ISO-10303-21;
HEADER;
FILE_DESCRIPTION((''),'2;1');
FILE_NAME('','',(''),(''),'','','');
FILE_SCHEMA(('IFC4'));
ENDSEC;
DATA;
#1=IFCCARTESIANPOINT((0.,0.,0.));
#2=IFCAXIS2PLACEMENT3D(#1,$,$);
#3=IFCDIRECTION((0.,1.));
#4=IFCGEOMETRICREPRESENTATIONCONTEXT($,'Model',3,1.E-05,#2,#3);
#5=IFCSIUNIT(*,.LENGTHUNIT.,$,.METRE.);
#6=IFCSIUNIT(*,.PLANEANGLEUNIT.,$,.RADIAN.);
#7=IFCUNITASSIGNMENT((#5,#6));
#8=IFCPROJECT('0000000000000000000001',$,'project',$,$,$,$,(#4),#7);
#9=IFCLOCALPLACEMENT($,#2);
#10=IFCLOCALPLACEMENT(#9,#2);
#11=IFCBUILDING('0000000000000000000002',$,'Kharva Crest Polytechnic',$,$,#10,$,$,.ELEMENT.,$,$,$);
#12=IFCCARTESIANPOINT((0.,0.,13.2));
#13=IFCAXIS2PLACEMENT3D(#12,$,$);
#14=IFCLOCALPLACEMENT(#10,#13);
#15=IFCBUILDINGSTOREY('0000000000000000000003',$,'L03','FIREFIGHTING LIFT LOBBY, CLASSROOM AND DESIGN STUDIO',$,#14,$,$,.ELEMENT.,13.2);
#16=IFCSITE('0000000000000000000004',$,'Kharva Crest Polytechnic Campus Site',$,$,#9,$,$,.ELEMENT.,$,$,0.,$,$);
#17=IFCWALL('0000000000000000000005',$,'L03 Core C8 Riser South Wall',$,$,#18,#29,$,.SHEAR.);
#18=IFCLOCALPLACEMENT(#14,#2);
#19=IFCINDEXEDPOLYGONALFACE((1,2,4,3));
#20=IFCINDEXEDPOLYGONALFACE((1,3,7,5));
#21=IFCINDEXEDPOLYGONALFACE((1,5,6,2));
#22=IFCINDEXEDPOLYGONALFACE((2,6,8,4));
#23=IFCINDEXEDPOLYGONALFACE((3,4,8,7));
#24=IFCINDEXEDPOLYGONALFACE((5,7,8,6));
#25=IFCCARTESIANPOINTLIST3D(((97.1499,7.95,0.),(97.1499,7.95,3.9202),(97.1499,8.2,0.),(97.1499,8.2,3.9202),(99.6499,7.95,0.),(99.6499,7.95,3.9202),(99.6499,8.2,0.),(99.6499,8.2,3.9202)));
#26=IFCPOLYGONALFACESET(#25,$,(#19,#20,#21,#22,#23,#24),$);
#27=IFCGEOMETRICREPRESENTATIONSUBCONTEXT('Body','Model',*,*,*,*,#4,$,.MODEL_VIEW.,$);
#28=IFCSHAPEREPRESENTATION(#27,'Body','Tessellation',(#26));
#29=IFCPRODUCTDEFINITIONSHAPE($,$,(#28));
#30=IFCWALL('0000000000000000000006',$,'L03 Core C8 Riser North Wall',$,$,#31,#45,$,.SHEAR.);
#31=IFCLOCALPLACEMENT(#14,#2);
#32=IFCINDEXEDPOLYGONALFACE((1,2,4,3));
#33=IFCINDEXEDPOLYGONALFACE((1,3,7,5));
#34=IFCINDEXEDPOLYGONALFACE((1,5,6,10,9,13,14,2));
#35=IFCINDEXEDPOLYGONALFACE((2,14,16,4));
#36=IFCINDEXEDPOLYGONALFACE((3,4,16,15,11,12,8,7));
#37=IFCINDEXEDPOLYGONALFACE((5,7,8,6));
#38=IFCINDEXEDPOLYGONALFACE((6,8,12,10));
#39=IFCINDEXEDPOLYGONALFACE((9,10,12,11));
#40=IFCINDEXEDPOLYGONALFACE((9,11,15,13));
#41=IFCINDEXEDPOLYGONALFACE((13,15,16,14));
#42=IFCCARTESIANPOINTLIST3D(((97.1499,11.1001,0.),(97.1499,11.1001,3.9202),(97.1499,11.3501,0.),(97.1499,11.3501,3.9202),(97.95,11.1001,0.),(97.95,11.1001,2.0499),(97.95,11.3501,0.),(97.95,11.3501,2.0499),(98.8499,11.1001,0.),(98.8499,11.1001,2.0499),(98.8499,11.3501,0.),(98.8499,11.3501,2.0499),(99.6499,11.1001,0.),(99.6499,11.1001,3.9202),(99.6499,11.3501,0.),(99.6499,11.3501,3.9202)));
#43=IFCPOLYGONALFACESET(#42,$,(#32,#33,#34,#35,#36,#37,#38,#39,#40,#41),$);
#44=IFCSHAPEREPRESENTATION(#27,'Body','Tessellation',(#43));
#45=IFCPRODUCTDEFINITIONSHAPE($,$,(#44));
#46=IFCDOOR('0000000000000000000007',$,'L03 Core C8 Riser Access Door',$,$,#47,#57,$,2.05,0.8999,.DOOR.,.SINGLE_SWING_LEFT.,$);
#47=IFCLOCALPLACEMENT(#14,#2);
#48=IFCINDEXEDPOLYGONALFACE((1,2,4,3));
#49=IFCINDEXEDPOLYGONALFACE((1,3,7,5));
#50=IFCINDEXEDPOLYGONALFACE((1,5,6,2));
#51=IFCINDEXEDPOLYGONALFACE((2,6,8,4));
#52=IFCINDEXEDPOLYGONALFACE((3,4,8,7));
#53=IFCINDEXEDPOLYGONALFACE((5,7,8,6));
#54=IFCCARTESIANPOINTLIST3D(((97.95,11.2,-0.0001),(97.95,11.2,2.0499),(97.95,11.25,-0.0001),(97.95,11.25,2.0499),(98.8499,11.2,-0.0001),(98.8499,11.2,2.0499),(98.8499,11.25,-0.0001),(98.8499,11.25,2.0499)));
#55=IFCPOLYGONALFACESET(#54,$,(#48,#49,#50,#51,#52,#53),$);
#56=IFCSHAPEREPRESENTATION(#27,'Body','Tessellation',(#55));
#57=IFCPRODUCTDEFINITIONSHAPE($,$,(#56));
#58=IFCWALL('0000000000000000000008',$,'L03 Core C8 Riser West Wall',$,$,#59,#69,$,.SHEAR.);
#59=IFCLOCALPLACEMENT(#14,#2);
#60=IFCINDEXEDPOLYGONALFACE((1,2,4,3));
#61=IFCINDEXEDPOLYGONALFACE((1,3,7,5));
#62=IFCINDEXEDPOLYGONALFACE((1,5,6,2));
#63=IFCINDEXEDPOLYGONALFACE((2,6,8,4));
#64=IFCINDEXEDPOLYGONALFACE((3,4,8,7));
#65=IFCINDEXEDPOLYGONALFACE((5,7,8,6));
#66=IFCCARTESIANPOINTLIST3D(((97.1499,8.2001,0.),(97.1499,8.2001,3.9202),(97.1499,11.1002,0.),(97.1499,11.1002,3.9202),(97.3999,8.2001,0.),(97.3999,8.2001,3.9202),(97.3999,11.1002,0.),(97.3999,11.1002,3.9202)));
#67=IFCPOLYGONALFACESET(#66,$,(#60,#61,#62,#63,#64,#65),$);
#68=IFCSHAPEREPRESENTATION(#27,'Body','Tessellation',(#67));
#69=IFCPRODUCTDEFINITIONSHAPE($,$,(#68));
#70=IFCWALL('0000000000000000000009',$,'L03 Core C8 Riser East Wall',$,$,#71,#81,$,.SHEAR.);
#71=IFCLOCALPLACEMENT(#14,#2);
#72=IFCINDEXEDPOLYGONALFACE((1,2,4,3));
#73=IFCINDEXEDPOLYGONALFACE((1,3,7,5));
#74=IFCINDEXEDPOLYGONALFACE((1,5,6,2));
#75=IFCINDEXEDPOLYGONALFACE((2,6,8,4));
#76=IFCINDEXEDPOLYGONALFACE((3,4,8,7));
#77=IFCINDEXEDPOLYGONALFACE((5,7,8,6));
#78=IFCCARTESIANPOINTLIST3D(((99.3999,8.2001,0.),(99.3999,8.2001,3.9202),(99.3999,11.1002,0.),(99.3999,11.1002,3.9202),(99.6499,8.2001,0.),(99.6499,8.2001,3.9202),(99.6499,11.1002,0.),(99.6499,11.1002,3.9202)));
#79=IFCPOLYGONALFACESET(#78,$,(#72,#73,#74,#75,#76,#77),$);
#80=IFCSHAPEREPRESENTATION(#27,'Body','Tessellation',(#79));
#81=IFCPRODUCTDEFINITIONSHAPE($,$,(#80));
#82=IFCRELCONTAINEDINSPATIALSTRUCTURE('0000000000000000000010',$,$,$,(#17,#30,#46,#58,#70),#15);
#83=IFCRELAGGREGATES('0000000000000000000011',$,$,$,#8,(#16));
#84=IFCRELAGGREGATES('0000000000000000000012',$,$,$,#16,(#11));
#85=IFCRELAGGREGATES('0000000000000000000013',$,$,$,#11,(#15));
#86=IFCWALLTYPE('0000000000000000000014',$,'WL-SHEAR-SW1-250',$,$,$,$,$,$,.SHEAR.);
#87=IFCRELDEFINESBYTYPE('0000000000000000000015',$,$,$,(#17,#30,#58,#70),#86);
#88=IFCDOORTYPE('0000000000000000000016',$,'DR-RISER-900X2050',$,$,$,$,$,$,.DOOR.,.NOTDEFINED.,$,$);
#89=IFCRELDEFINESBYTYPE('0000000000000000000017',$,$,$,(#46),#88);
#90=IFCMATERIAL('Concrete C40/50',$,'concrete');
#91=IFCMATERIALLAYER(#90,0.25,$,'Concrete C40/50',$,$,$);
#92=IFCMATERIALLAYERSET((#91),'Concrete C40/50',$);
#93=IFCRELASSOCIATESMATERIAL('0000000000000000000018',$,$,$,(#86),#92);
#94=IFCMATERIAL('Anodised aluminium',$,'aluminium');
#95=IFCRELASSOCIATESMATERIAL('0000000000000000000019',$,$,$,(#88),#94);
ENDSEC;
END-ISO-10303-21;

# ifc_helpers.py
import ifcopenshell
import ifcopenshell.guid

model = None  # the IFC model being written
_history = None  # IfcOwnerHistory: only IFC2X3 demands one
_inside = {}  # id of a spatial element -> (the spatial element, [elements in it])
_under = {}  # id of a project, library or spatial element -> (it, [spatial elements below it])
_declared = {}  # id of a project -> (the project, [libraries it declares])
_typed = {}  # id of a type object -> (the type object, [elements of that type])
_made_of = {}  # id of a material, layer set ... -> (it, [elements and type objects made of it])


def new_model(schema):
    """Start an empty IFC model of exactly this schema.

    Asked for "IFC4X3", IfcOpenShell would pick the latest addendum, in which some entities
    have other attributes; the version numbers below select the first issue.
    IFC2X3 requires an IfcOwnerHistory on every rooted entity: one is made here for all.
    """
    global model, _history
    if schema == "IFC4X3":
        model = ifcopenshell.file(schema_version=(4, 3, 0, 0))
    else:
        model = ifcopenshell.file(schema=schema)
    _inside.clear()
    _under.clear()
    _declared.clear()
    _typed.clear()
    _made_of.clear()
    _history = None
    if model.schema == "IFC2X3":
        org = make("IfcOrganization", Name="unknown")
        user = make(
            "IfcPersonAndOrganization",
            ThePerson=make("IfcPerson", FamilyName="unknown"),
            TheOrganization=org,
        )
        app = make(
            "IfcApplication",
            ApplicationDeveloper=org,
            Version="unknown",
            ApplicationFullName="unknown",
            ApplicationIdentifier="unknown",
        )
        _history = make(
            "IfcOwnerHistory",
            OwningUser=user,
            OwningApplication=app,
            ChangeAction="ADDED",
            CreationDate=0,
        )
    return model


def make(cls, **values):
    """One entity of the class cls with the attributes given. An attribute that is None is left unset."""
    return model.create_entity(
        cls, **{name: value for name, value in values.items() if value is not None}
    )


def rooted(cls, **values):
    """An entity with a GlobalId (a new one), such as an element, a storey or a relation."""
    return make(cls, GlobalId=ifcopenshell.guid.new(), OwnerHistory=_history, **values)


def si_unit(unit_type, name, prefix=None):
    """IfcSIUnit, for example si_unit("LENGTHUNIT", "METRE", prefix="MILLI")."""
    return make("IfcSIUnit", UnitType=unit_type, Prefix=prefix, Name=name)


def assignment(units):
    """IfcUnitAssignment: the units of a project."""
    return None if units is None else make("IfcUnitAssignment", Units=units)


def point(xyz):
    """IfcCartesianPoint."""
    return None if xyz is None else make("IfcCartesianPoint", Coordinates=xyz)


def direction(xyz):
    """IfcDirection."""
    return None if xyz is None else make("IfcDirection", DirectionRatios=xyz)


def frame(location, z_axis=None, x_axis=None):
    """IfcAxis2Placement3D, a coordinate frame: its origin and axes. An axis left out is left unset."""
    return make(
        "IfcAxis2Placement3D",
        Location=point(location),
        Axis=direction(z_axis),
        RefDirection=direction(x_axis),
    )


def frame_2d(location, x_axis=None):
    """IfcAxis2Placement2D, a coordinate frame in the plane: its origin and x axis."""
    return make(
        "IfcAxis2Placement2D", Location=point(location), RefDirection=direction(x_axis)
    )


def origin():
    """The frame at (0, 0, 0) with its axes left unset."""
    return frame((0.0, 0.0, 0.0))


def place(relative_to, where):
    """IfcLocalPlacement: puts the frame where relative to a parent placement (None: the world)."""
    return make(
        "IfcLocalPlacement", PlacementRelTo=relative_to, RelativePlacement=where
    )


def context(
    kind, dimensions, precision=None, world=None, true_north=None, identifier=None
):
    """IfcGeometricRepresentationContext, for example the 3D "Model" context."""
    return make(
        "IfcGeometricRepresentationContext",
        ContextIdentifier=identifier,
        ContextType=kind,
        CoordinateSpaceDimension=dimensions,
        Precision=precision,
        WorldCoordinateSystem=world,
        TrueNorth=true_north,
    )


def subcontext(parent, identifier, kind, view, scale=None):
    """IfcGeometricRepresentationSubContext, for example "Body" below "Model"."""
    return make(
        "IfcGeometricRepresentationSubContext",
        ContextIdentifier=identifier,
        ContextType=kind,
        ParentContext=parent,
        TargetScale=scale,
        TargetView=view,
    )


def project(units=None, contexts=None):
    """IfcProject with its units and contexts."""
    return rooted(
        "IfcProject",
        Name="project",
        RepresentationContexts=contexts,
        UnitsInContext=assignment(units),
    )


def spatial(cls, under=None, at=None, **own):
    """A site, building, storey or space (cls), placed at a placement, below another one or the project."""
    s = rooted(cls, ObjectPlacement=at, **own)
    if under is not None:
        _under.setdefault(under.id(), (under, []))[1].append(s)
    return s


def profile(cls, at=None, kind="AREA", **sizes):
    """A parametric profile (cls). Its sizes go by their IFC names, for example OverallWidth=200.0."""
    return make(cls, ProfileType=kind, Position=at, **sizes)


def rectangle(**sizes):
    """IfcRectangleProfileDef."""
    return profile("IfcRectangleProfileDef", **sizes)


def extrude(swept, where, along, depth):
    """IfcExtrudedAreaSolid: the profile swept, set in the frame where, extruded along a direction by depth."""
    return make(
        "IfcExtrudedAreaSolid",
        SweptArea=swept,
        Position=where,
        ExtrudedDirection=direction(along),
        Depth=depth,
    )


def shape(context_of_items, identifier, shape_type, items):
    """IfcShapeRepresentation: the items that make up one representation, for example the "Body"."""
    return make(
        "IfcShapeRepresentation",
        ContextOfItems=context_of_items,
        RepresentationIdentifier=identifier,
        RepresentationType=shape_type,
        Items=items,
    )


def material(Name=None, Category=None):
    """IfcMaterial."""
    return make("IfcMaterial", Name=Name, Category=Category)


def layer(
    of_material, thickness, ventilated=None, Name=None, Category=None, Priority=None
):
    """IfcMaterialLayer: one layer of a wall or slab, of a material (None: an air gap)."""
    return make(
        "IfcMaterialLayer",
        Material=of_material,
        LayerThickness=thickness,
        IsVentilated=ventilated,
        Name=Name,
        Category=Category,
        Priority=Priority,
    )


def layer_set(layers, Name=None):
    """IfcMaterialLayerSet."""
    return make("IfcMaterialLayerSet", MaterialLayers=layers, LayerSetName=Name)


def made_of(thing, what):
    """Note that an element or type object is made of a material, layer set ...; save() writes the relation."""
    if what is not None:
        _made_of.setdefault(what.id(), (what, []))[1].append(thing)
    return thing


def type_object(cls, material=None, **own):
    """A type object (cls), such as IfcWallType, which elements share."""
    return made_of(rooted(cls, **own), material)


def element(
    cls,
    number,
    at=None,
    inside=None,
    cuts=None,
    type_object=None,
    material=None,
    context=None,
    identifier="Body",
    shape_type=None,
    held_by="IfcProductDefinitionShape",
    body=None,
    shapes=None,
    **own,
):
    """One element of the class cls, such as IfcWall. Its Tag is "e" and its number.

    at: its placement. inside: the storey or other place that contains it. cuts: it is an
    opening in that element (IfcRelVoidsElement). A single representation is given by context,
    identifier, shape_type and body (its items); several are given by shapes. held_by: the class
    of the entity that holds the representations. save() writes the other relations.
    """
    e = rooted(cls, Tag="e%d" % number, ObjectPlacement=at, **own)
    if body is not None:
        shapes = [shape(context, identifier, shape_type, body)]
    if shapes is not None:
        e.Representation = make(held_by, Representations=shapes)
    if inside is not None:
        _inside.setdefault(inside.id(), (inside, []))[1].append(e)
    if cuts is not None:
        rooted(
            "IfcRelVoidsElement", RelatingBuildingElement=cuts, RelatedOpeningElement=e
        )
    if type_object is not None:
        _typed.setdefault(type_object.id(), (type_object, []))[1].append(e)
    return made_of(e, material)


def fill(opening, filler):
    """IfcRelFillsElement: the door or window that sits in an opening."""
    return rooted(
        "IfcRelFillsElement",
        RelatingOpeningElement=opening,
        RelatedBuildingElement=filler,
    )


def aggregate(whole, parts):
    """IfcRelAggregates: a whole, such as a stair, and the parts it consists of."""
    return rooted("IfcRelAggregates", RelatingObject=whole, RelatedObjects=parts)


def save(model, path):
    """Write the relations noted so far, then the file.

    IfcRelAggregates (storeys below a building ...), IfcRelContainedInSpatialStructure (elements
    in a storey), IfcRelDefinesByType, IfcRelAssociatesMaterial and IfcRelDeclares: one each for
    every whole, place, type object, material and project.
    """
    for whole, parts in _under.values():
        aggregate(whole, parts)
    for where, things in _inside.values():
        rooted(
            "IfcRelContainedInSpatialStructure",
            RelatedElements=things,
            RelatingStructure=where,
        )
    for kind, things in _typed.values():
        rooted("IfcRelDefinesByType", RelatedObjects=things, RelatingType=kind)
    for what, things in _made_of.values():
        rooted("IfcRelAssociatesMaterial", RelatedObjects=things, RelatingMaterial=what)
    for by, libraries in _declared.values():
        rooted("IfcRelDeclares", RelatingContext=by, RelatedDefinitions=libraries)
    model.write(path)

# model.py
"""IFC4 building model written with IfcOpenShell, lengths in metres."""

from ifc_helpers import new_model, si_unit, direction, frame, frame_2d, origin, place, context, subcontext, project, spatial, rectangle, extrude, material, layer, layer_set, type_object, element, fill, save


model = new_model("IFC4")

# Units and contexts
model_context = context("Model", 3, precision=1e-05, world=origin(), true_north=direction((0.0, 1.0)))
body_context = subcontext(model_context, "Body", "Model", "MODEL_VIEW")
ifc_project = project(units=[si_unit("LENGTHUNIT", "METRE"), si_unit("PLANEANGLEUNIT", "RADIAN")], contexts=[model_context])

# Site, building, storey
site_placement = place(None, origin())
site = spatial("IfcSite", under=ifc_project, at=site_placement, Name="Kharva Crest Polytechnic Campus Site", CompositionType="ELEMENT", RefElevation=0.0)
building_placement = place(site_placement, origin())
building = spatial("IfcBuilding", under=site, at=building_placement, Name="Kharva Crest Polytechnic", CompositionType="ELEMENT")
storey_placement = place(building_placement, frame((0.0, 0.0, 13.2)))
storey = spatial("IfcBuildingStorey", under=building, at=storey_placement, Name="L03", Description="FIREFIGHTING LIFT LOBBY, CLASSROOM AND DESIGN STUDIO", CompositionType="ELEMENT", Elevation=13.2)

# Shared definitions
ifc_material_1 = material(Name="Concrete C40/50", Category="concrete")

# Shared definitions
ifc_material_2 = material(Name="Anodised aluminium", Category="aluminium")

# Wall
ifc_layer_1 = layer(ifc_material_1, 0.25, Name="Concrete C40/50")
ifc_layer_set_1 = layer_set([ifc_layer_1], Name="Concrete C40/50")
wall_type_1 = type_object("IfcWallType", Name="WL-SHEAR-SW1-250", PredefinedType="SHEAR", material=ifc_layer_set_1)
wall_1_placement = place(storey_placement, frame((97.1499, 8.075, 0.0), z_axis=(0.0, 0.0, 1.0), x_axis=(1.0, 0.0, 0.0)))
element("IfcWall", 1, at=wall_1_placement, inside=storey, type_object=wall_type_1, Name="L03 Core C8 Riser South Wall", PredefinedType="SHEAR", context=body_context, shape_type="SweptSolid", body=[
    extrude(rectangle(XDim=2.5, YDim=0.25, at=frame_2d((1.25, 0.0))), origin(), (0.0, 0.0, 1.0), 3.9202),
])

# Wall, opening, door
wall_2_placement = place(storey_placement, frame((97.1499, 11.2251, 0.0), z_axis=(0.0, 0.0, 1.0), x_axis=(1.0, 0.0, 0.0)))
wall_2 = element("IfcWall", 2, at=wall_2_placement, inside=storey, type_object=wall_type_1, Name="L03 Core C8 Riser North Wall", PredefinedType="SHEAR", context=body_context, shape_type="SweptSolid", body=[
    extrude(rectangle(XDim=2.5, YDim=0.25, at=frame_2d((1.25, 0.0))), origin(), (0.0, 0.0, 1.0), 3.9202),
])
opening_1_placement = place(wall_2_placement, frame((0.8, 0.0, 0.0)))
opening_1 = element("IfcOpeningElement", 3, at=opening_1_placement, cuts=wall_2, PredefinedType="OPENING", context=body_context, shape_type="SweptSolid", body=[
    extrude(rectangle(XDim=0.8999, YDim=2.05, at=frame_2d((0.45, 1.0249))), frame((0.0, 0.135, 0.0), z_axis=(0.0, -1.0, 0.0), x_axis=(1.0, 0.0, 0.0)), (0.0, 0.0, 1.0), 0.27),
])
door_type_1 = type_object("IfcDoorType", Name="DR-RISER-900X2050", OperationType="NOTDEFINED", PredefinedType="DOOR", material=ifc_material_2)
door_1_placement = place(opening_1_placement, origin())
door_1 = element("IfcDoor", 4, at=door_1_placement, inside=storey, type_object=door_type_1, Name="L03 Core C8 Riser Access Door", OperationType="SINGLE_SWING_LEFT", OverallHeight=2.05, OverallWidth=0.8999, PredefinedType="DOOR", context=body_context, shape_type="SweptSolid", body=[
    extrude(rectangle(XDim=0.8999, YDim=2.05, at=frame_2d((0.45, 1.0249))), frame((0.0, 0.0249, 0.0), z_axis=(0.0, -1.0, 0.0), x_axis=(1.0, 0.0, 0.0)), (0.0, 0.0, 1.0), 0.05),
])
fill(opening_1, door_1)

# Walls
for number, where, z_axis, x_axis, name in (
    (5, (97.2749, 8.2, 0.0), (0.0, 0.0, 1.0), (0.0, 1.0, 0.0), "L03 Core C8 Riser West Wall"),
    (6, (99.5249, 8.2, 0.0), (0.0, 0.0, 1.0), (0.0, 1.0, 0.0), "L03 Core C8 Riser East Wall"),
):
    element("IfcWall", number, at=place(storey_placement, frame(where, z_axis=z_axis, x_axis=x_axis)), inside=storey, type_object=wall_type_1, Name=name, PredefinedType="SHEAR", context=body_context, shape_type="SweptSolid", body=[
        extrude(rectangle(XDim=2.9001, YDim=0.25, at=frame_2d((1.4502, 0.0))), origin(), (0.0, 0.0, 1.0), 3.9202),
    ])

save(model, "model.ifc")
